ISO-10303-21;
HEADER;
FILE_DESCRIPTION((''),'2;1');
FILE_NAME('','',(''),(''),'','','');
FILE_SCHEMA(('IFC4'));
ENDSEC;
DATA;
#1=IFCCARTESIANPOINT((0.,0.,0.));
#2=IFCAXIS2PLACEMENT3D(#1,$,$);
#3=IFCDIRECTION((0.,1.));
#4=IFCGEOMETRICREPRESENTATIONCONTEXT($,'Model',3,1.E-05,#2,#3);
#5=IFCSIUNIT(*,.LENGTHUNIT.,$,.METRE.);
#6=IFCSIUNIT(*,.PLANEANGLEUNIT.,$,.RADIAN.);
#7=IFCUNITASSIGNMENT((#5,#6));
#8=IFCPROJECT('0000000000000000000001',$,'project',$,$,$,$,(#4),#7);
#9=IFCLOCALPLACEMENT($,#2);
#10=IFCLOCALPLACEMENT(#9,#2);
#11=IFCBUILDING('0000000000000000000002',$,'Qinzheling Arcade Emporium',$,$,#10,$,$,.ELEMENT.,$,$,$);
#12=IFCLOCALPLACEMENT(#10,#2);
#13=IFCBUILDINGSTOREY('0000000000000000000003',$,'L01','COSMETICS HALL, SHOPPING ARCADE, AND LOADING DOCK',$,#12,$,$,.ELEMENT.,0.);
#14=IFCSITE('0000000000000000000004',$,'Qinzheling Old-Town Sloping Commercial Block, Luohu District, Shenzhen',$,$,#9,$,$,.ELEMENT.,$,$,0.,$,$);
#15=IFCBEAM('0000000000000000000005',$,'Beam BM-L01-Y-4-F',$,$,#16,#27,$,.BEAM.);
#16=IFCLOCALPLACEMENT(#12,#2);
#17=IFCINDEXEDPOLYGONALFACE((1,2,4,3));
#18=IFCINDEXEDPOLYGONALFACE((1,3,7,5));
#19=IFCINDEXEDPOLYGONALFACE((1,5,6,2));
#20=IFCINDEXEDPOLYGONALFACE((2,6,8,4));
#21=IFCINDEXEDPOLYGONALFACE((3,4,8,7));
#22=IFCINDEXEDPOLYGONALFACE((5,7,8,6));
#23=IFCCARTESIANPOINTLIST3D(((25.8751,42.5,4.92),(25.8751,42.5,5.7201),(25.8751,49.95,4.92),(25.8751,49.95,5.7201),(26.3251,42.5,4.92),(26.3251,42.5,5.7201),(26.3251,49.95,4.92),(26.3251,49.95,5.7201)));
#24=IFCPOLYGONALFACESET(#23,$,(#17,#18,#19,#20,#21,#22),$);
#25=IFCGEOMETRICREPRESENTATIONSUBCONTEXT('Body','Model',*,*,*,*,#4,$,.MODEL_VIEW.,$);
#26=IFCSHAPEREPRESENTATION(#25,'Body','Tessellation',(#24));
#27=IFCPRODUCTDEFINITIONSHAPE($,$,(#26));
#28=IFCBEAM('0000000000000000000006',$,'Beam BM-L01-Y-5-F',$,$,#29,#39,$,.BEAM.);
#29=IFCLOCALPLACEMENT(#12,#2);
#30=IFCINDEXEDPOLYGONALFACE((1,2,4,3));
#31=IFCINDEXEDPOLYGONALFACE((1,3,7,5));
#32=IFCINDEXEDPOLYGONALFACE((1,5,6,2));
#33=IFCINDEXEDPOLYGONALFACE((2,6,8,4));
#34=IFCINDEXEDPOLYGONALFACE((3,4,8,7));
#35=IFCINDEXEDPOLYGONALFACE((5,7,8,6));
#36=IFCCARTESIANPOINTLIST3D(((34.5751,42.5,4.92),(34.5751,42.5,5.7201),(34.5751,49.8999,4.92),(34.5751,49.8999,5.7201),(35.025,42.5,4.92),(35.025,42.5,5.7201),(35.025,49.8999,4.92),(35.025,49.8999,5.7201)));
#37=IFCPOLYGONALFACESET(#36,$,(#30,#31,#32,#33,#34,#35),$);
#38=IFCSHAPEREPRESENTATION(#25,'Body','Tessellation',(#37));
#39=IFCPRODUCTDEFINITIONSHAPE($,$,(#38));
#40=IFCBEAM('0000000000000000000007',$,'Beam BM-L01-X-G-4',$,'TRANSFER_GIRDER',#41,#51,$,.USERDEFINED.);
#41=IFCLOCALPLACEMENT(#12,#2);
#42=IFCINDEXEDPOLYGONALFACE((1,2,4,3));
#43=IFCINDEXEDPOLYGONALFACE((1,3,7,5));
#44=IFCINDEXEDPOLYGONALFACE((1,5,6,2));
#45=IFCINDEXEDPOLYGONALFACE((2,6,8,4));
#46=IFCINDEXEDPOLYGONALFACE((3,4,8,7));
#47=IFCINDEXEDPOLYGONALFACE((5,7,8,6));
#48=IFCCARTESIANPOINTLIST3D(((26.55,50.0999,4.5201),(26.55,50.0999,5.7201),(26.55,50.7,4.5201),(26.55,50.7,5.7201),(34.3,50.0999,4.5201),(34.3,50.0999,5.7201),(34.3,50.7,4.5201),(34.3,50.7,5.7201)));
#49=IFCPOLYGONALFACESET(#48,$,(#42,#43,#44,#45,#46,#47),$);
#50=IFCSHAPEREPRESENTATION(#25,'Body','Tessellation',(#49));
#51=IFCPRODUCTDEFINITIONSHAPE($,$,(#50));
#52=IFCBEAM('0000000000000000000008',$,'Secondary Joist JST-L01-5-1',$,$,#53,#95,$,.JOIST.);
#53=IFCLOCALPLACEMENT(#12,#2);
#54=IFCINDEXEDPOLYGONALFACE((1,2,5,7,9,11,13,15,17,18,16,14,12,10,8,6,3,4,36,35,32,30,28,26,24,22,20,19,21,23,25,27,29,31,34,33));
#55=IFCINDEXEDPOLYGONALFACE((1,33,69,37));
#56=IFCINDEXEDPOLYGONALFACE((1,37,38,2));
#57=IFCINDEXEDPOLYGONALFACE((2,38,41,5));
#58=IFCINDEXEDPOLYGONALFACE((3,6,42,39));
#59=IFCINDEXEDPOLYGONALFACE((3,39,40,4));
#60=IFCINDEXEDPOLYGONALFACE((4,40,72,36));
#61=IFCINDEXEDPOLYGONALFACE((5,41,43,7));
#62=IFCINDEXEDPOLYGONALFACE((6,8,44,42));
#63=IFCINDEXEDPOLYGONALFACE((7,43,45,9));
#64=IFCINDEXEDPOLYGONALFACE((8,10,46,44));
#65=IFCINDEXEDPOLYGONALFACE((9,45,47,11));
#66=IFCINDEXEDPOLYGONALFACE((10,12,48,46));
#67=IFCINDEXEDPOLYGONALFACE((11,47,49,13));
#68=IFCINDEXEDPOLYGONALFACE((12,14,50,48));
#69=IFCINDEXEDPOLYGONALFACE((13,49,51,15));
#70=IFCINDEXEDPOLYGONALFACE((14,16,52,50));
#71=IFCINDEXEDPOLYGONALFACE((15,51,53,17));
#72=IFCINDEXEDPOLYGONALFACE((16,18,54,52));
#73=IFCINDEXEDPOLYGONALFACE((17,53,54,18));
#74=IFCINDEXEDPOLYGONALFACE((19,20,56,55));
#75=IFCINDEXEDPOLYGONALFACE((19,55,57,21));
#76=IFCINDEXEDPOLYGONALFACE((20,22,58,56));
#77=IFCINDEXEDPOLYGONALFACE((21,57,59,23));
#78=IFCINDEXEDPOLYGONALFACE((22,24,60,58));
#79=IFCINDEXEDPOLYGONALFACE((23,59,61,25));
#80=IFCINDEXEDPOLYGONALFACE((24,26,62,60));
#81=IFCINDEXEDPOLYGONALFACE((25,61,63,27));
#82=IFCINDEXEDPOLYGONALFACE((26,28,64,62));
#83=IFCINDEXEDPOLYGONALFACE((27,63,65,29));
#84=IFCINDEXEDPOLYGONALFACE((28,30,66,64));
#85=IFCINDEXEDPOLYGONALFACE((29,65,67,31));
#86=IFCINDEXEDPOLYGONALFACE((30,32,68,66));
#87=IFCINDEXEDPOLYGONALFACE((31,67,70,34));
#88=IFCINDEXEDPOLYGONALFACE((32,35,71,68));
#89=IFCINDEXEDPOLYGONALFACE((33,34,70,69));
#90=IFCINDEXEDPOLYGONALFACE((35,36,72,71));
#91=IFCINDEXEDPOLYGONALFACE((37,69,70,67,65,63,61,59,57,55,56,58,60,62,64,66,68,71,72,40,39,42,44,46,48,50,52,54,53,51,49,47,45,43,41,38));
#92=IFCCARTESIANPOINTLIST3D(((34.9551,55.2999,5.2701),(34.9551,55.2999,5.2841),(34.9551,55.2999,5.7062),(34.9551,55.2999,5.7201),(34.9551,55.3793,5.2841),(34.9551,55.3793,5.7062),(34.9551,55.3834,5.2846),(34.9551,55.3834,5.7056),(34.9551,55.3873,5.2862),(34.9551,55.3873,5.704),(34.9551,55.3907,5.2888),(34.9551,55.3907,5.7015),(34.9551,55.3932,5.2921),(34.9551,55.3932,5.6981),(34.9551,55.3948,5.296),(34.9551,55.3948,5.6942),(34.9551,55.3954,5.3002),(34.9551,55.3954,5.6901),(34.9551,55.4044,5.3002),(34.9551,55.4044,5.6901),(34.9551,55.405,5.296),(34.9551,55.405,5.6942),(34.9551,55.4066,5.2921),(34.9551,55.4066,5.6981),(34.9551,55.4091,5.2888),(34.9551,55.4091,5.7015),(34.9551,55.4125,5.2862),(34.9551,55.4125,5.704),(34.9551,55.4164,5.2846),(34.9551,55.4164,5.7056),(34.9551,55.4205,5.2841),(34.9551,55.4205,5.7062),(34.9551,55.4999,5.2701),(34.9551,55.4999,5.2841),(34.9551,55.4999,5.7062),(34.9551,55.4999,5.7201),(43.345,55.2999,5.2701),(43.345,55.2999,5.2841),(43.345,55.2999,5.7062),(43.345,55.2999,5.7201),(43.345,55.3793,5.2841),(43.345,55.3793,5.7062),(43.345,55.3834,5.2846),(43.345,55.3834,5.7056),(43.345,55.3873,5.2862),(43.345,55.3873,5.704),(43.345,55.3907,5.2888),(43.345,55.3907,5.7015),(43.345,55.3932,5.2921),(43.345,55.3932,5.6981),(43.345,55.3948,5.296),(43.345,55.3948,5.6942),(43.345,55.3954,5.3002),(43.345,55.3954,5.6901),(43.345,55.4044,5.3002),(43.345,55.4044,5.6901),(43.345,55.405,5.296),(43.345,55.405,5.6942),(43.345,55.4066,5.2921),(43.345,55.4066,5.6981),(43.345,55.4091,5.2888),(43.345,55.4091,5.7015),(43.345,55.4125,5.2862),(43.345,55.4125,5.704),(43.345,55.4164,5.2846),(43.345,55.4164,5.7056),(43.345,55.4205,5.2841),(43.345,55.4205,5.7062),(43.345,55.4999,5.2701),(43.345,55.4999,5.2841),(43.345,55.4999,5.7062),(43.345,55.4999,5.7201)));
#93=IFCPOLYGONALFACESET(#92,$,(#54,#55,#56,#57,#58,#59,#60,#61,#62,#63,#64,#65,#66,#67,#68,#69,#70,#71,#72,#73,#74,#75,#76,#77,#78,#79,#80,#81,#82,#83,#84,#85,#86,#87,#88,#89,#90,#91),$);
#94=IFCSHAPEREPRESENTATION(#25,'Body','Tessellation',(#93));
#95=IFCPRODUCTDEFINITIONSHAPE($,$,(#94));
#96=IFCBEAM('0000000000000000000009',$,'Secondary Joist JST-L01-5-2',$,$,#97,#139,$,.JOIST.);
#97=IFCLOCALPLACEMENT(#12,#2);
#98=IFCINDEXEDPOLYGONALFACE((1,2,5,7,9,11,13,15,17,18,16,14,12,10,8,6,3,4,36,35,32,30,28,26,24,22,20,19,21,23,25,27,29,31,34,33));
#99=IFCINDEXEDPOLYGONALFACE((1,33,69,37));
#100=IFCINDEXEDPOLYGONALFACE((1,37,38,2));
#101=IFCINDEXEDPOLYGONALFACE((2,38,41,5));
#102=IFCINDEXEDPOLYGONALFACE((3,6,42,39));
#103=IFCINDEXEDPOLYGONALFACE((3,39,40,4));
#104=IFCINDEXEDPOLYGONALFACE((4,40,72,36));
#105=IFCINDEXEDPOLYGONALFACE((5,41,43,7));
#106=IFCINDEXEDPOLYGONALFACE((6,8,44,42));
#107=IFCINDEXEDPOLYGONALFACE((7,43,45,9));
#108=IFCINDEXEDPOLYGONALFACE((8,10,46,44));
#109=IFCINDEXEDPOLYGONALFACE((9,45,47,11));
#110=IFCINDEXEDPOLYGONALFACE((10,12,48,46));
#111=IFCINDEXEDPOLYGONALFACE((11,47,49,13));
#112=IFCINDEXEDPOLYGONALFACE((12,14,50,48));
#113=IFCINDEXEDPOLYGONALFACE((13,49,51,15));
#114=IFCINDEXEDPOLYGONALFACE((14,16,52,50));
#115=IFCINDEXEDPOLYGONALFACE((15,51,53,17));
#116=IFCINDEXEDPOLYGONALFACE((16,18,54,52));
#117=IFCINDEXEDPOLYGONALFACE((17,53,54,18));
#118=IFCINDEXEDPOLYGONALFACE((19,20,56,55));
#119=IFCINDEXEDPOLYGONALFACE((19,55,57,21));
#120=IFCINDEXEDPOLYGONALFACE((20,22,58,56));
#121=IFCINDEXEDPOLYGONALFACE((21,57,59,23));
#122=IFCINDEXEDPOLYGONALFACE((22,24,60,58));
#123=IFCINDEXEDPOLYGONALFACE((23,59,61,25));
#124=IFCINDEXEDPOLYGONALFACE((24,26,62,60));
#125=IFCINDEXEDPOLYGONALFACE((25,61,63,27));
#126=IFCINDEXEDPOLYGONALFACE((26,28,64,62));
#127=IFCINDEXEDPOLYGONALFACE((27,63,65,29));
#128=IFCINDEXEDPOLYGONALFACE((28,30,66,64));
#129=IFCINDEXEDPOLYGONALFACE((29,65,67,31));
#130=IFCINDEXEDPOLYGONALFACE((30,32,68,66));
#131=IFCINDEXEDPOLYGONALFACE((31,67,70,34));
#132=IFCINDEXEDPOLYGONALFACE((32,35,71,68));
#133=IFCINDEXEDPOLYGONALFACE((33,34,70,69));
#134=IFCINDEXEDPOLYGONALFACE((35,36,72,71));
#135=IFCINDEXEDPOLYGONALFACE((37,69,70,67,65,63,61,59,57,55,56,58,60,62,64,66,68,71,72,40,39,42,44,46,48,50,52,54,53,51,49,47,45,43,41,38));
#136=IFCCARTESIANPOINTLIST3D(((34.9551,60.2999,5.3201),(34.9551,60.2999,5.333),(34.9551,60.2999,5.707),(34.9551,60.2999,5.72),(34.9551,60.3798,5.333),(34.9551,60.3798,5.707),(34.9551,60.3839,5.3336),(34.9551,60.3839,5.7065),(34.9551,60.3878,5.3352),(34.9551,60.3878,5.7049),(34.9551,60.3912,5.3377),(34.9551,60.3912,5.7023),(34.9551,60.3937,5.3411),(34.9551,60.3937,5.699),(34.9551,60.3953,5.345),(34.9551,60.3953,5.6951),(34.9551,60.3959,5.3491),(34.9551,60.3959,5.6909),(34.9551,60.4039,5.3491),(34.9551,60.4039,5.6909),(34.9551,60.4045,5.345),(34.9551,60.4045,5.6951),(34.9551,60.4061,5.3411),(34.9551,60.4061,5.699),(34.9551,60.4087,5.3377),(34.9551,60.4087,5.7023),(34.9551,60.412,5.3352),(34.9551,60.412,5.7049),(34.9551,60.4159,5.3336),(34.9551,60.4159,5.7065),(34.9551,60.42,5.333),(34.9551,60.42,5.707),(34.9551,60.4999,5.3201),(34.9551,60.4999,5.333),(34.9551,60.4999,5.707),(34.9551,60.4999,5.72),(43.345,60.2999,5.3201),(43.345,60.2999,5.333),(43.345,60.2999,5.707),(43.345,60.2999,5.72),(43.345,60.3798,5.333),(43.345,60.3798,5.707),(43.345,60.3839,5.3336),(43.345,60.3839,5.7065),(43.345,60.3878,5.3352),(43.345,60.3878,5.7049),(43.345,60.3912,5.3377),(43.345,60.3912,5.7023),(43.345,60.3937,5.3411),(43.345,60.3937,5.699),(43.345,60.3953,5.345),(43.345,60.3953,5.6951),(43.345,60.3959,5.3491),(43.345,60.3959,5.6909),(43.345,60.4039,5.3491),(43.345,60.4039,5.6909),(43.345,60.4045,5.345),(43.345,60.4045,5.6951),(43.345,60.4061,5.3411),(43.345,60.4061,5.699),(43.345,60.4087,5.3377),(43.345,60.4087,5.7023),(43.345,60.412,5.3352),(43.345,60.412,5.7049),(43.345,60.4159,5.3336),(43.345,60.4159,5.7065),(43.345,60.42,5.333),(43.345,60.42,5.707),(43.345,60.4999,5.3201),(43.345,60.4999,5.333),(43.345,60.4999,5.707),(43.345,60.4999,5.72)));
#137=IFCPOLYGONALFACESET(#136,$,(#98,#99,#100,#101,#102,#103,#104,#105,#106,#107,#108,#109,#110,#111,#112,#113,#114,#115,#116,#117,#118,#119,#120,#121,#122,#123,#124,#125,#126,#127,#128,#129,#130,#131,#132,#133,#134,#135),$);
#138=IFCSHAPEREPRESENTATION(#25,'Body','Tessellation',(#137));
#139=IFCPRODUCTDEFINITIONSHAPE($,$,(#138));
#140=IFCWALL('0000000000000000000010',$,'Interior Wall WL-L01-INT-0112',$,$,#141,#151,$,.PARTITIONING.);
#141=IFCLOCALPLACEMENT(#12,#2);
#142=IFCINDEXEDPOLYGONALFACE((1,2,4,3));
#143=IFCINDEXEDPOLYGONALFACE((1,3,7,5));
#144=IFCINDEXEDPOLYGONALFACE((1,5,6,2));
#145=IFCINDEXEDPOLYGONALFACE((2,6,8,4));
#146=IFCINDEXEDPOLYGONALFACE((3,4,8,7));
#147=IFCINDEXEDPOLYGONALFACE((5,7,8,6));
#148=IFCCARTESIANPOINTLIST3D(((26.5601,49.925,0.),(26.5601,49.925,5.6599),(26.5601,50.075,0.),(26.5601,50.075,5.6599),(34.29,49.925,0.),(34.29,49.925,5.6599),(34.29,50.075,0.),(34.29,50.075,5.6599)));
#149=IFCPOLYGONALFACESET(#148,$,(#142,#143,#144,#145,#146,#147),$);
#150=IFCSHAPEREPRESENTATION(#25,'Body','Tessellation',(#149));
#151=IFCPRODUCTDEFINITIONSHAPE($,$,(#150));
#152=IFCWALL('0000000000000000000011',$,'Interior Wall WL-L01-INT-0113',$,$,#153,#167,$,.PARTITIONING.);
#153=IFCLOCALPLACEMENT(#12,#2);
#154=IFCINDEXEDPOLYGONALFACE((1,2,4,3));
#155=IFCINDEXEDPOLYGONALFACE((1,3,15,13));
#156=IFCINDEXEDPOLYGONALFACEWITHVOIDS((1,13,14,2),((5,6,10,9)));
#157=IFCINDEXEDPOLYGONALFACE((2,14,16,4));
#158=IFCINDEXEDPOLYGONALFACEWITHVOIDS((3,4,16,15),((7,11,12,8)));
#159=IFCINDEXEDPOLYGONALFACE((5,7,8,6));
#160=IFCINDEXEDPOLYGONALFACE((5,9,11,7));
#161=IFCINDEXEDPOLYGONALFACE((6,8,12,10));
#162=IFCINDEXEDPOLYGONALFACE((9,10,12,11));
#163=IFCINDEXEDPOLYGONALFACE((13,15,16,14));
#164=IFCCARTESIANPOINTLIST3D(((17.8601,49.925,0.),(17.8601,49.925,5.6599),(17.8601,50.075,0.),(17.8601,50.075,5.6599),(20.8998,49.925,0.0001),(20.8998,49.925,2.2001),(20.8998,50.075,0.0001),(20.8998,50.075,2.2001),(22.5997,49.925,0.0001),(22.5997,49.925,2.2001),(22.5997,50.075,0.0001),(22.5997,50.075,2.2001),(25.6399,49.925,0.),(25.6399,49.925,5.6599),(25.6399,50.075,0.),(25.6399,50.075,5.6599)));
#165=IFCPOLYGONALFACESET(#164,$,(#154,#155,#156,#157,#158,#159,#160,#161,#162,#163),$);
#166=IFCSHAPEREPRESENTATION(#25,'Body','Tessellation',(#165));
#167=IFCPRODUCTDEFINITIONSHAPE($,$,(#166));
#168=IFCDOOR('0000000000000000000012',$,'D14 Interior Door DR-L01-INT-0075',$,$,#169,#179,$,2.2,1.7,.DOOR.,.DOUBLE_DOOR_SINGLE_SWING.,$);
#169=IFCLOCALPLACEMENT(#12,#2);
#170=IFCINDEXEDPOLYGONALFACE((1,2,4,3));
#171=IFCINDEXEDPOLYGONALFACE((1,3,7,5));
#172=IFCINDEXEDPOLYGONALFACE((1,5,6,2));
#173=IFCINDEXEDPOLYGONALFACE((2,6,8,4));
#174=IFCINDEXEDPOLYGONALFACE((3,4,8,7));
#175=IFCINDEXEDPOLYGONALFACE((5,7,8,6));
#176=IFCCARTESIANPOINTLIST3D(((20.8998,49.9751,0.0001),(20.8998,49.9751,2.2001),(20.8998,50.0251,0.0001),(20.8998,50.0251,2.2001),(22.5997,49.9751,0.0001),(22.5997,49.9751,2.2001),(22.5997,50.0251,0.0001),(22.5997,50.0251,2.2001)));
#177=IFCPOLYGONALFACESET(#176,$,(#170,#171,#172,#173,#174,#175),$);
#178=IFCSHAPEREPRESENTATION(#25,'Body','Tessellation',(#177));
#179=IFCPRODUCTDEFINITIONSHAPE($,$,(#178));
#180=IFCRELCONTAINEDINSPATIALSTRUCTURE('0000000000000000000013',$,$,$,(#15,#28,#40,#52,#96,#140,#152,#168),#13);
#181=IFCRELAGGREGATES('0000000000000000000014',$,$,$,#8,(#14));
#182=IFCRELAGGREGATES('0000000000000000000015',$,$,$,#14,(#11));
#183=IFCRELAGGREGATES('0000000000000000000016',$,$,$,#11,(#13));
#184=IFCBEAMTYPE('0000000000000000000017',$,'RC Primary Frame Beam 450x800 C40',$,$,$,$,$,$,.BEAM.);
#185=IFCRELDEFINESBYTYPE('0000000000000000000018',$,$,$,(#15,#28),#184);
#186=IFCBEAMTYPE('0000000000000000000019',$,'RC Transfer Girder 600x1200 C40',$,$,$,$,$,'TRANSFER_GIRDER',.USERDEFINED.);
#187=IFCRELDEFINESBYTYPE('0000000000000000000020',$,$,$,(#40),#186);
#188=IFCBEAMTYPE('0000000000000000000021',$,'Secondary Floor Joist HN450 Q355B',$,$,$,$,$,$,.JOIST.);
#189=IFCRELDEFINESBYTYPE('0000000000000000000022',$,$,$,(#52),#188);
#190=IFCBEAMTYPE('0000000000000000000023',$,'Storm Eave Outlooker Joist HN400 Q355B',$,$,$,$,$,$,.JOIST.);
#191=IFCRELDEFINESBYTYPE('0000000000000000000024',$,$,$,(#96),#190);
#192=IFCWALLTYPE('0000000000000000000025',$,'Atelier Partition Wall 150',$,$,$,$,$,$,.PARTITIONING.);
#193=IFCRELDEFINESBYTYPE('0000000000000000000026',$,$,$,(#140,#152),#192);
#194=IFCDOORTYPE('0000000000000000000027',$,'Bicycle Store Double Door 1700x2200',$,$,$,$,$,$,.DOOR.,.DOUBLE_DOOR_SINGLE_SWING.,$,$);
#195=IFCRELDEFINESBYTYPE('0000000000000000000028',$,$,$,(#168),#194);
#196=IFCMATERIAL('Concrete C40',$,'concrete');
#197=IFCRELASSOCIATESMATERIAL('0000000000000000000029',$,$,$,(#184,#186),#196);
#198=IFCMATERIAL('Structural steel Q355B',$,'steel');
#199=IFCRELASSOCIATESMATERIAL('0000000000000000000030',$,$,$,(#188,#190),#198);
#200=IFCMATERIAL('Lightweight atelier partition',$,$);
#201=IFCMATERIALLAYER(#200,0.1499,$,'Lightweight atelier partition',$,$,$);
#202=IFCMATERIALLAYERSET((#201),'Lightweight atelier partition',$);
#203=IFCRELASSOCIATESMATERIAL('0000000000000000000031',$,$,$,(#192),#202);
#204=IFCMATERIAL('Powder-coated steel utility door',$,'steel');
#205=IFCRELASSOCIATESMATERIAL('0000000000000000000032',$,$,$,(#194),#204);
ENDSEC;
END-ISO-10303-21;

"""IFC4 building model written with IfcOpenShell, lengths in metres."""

from ifc_helpers import new_model, si_unit, direction, frame, frame_2d, origin, origin_2d, place, context, subcontext, project, spatial, rectangle, i_section, extrude, material, layer, layer_set, material_profile, profile_set, type_object, element, fill, save


model = new_model("IFC4")

# Units and contexts
model_context = context("Model", 3, precision=1e-05, world=origin(), true_north=direction((0.0, 1.0)))
body_context = subcontext(model_context, "Body", "Model", "MODEL_VIEW")
ifc_project = project(units=[si_unit("LENGTHUNIT", "METRE"), si_unit("PLANEANGLEUNIT", "RADIAN")], contexts=[model_context])

# Site, building, storey
site_placement = place(None, origin())
site = spatial("IfcSite", under=ifc_project, at=site_placement, Name="Qinzheling Old-Town Sloping Commercial Block, Luohu District, Shenzhen", CompositionType="ELEMENT", RefElevation=0.0)
building_placement = place(site_placement, origin())
building = spatial("IfcBuilding", under=site, at=building_placement, Name="Qinzheling Arcade Emporium", CompositionType="ELEMENT")
storey_placement = place(building_placement, origin())
storey = spatial("IfcBuildingStorey", under=building, at=storey_placement, Name="L01", Description="COSMETICS HALL, SHOPPING ARCADE, AND LOADING DOCK", CompositionType="ELEMENT", Elevation=0.0)

# Beams
ifc_material_1 = material(Name="Structural steel Q355B", Category="steel")
ifc_material_2 = material(Name="Concrete C40", Category="concrete")
ifc_material_profile_1 = material_profile(ifc_material_2, rectangle(XDim=0.45, YDim=0.8, at=origin_2d()), Name="RC 450x800", Category="concrete")
ifc_profile_set_1 = profile_set([ifc_material_profile_1], Name="Concrete C40")
beam_type_1 = type_object("IfcBeamType", Name="RC Primary Frame Beam 450x800 C40", PredefinedType="BEAM", material=ifc_profile_set_1)
for number, where, z_axis, x_axis, name in (
    (1, (26.1001, 42.5, 5.3201), (0.0, 1.0, 0.0), (-1.0, 0.0, 0.0), "Beam BM-L01-Y-4-F"),
):
    element("IfcBeam", number, at=place(storey_placement, frame(where, z_axis=z_axis, x_axis=x_axis)), inside=storey, type_object=beam_type_1, Name=name, PredefinedType="BEAM", context=body_context, shape_type="SweptSolid", body=[
        extrude(rectangle(XDim=0.45, YDim=0.8, at=origin_2d()), origin(), (0.0, 0.0, 1.0), 7.45),
    ])
beam_1_placement = place(storey_placement, frame((34.8, 42.5, 5.3201), z_axis=(0.0, 1.0, 0.0), x_axis=(-1.0, 0.0, 0.0)))
element("IfcBeam", 2, at=beam_1_placement, inside=storey, type_object=beam_type_1, Name="Beam BM-L01-Y-5-F", PredefinedType="BEAM", context=body_context, shape_type="SweptSolid", body=[
    extrude(rectangle(XDim=0.45, YDim=0.8, at=origin_2d()), origin(), (0.0, 0.0, 1.0), 7.3999),
])
ifc_material_profile_2 = material_profile(ifc_material_2, rectangle(XDim=0.6001, YDim=1.2, at=origin_2d()), Name="RC 600x1200", Category="concrete")
ifc_profile_set_2 = profile_set([ifc_material_profile_2], Name="Concrete C40")
beam_type_2 = type_object("IfcBeamType", Name="RC Transfer Girder 600x1200 C40", ElementType="TRANSFER_GIRDER", PredefinedType="USERDEFINED", material=ifc_profile_set_2)
beam_2_placement = place(storey_placement, frame((26.55, 50.3999, 5.1201), z_axis=(1.0, 0.0, 0.0), x_axis=(0.0, 1.0, 0.0)))
element("IfcBeam", 3, at=beam_2_placement, inside=storey, type_object=beam_type_2, Name="Beam BM-L01-X-G-4", ObjectType="TRANSFER_GIRDER", PredefinedType="USERDEFINED", context=body_context, shape_type="SweptSolid", body=[
    extrude(rectangle(XDim=0.6001, YDim=1.2, at=origin_2d()), origin(), (0.0, 0.0, 1.0), 7.75),
])
ifc_material_profile_3 = material_profile(ifc_material_1, i_section(OverallWidth=0.2, OverallDepth=0.45, WebThickness=0.009, FlangeThickness=0.0139, FilletRadius=0.0161, at=origin_2d()), Name="HN 450x200x9x14", Category="steel")
ifc_profile_set_3 = profile_set([ifc_material_profile_3], Name="Structural steel Q355B")
beam_type_3 = type_object("IfcBeamType", Name="Secondary Floor Joist HN450 Q355B", PredefinedType="JOIST", material=ifc_profile_set_3)
beam_3_placement = place(storey_placement, frame((34.9551, 55.3999, 5.4951), z_axis=(1.0, 0.0, 0.0), x_axis=(0.0, 1.0, 0.0)))
element("IfcBeam", 4, at=beam_3_placement, inside=storey, type_object=beam_type_3, Name="Secondary Joist JST-L01-5-1", PredefinedType="JOIST", context=body_context, shape_type="SweptSolid", body=[
    extrude(i_section(OverallWidth=0.2, OverallDepth=0.45, WebThickness=0.009, FlangeThickness=0.0139, FilletRadius=0.0161, at=origin_2d()), origin(), (0.0, 0.0, 1.0), 8.3899),
])
ifc_material_profile_4 = material_profile(ifc_material_1, i_section(OverallWidth=0.2, OverallDepth=0.3999, WebThickness=0.0081, FlangeThickness=0.0129, FilletRadius=0.0161, at=origin_2d()), Name="HN 400x200x8x13", Category="steel")
ifc_profile_set_4 = profile_set([ifc_material_profile_4], Name="Structural steel Q355B")
beam_type_4 = type_object("IfcBeamType", Name="Storm Eave Outlooker Joist HN400 Q355B", PredefinedType="JOIST", material=ifc_profile_set_4)
beam_4_placement = place(storey_placement, frame((34.9551, 60.3999, 5.52), z_axis=(1.0, 0.0, 0.0), x_axis=(0.0, 1.0, 0.0)))
element("IfcBeam", 5, at=beam_4_placement, inside=storey, type_object=beam_type_4, Name="Secondary Joist JST-L01-5-2", PredefinedType="JOIST", context=body_context, shape_type="SweptSolid", body=[
    extrude(i_section(OverallWidth=0.2, OverallDepth=0.3999, WebThickness=0.0081, FlangeThickness=0.0129, FilletRadius=0.0161, at=origin_2d()), origin(), (0.0, 0.0, 1.0), 8.3899),
])

# Wall
ifc_material_3 = material(Name="Lightweight atelier partition")
ifc_layer_1 = layer(ifc_material_3, 0.1499, Name="Lightweight atelier partition")
ifc_layer_set_1 = layer_set([ifc_layer_1], Name="Lightweight atelier partition")
wall_type_1 = type_object("IfcWallType", Name="Atelier Partition Wall 150", PredefinedType="PARTITIONING", material=ifc_layer_set_1)
wall_1_placement = place(storey_placement, frame((34.29, 50.0, 0.0), z_axis=(0.0, 0.0, 1.0), x_axis=(-1.0, 0.0, 0.0)))
element("IfcWall", 6, at=wall_1_placement, inside=storey, type_object=wall_type_1, Name="Interior Wall WL-L01-INT-0112", PredefinedType="PARTITIONING", context=body_context, shape_type="SweptSolid", body=[
    extrude(rectangle(XDim=7.73, YDim=0.1499, at=frame_2d((3.865, 0.0))), origin(), (0.0, 0.0, 1.0), 5.6599),
])

# Wall, opening, door
wall_2_placement = place(storey_placement, frame((25.6399, 50.0, 0.0), z_axis=(0.0, 0.0, 1.0), x_axis=(-1.0, 0.0, 0.0)))
wall_2 = element("IfcWall", 7, at=wall_2_placement, inside=storey, type_object=wall_type_1, Name="Interior Wall WL-L01-INT-0113", PredefinedType="PARTITIONING", context=body_context, shape_type="SweptSolid", body=[
    extrude(rectangle(XDim=7.7798, YDim=0.1499, at=frame_2d((3.8899, 0.0))), origin(), (0.0, 0.0, 1.0), 5.6599),
])
opening_placement = place(wall_2_placement, frame((3.04, 0.0, 0.0)))
opening = element("IfcOpeningElement", 8, at=opening_placement, cuts=wall_2, PredefinedType="OPENING", context=body_context, shape_type="SweptSolid", body=[
    extrude(rectangle(XDim=1.7, YDim=2.2, at=frame_2d((0.8501, 1.1001))), frame((0.0, 0.085, 0.0), z_axis=(0.0, -1.0, 0.0), x_axis=(1.0, 0.0, 0.0)), (0.0, 0.0, 1.0), 0.1699),
])
ifc_material_4 = material(Name="Powder-coated steel utility door", Category="steel")
door_type = type_object("IfcDoorType", Name="Bicycle Store Double Door 1700x2200", OperationType="DOUBLE_DOOR_SINGLE_SWING", PredefinedType="DOOR", material=ifc_material_4)
door_placement = place(opening_placement, origin())
door = element("IfcDoor", 9, at=door_placement, inside=storey, type_object=door_type, Name="D14 Interior Door DR-L01-INT-0075", OperationType="DOUBLE_DOOR_SINGLE_SWING", OverallHeight=2.2, OverallWidth=1.7, PredefinedType="DOOR", context=body_context, shape_type="SweptSolid", body=[
    extrude(rectangle(XDim=1.7, YDim=2.2, at=frame_2d((0.8501, 1.1001))), frame((0.0, 0.0249, 0.0), z_axis=(0.0, -1.0, 0.0), x_axis=(1.0, 0.0, 0.0)), (0.0, 0.0, 1.0), 0.05),
])
fill(opening, door)

save(model, "model.ifc")
